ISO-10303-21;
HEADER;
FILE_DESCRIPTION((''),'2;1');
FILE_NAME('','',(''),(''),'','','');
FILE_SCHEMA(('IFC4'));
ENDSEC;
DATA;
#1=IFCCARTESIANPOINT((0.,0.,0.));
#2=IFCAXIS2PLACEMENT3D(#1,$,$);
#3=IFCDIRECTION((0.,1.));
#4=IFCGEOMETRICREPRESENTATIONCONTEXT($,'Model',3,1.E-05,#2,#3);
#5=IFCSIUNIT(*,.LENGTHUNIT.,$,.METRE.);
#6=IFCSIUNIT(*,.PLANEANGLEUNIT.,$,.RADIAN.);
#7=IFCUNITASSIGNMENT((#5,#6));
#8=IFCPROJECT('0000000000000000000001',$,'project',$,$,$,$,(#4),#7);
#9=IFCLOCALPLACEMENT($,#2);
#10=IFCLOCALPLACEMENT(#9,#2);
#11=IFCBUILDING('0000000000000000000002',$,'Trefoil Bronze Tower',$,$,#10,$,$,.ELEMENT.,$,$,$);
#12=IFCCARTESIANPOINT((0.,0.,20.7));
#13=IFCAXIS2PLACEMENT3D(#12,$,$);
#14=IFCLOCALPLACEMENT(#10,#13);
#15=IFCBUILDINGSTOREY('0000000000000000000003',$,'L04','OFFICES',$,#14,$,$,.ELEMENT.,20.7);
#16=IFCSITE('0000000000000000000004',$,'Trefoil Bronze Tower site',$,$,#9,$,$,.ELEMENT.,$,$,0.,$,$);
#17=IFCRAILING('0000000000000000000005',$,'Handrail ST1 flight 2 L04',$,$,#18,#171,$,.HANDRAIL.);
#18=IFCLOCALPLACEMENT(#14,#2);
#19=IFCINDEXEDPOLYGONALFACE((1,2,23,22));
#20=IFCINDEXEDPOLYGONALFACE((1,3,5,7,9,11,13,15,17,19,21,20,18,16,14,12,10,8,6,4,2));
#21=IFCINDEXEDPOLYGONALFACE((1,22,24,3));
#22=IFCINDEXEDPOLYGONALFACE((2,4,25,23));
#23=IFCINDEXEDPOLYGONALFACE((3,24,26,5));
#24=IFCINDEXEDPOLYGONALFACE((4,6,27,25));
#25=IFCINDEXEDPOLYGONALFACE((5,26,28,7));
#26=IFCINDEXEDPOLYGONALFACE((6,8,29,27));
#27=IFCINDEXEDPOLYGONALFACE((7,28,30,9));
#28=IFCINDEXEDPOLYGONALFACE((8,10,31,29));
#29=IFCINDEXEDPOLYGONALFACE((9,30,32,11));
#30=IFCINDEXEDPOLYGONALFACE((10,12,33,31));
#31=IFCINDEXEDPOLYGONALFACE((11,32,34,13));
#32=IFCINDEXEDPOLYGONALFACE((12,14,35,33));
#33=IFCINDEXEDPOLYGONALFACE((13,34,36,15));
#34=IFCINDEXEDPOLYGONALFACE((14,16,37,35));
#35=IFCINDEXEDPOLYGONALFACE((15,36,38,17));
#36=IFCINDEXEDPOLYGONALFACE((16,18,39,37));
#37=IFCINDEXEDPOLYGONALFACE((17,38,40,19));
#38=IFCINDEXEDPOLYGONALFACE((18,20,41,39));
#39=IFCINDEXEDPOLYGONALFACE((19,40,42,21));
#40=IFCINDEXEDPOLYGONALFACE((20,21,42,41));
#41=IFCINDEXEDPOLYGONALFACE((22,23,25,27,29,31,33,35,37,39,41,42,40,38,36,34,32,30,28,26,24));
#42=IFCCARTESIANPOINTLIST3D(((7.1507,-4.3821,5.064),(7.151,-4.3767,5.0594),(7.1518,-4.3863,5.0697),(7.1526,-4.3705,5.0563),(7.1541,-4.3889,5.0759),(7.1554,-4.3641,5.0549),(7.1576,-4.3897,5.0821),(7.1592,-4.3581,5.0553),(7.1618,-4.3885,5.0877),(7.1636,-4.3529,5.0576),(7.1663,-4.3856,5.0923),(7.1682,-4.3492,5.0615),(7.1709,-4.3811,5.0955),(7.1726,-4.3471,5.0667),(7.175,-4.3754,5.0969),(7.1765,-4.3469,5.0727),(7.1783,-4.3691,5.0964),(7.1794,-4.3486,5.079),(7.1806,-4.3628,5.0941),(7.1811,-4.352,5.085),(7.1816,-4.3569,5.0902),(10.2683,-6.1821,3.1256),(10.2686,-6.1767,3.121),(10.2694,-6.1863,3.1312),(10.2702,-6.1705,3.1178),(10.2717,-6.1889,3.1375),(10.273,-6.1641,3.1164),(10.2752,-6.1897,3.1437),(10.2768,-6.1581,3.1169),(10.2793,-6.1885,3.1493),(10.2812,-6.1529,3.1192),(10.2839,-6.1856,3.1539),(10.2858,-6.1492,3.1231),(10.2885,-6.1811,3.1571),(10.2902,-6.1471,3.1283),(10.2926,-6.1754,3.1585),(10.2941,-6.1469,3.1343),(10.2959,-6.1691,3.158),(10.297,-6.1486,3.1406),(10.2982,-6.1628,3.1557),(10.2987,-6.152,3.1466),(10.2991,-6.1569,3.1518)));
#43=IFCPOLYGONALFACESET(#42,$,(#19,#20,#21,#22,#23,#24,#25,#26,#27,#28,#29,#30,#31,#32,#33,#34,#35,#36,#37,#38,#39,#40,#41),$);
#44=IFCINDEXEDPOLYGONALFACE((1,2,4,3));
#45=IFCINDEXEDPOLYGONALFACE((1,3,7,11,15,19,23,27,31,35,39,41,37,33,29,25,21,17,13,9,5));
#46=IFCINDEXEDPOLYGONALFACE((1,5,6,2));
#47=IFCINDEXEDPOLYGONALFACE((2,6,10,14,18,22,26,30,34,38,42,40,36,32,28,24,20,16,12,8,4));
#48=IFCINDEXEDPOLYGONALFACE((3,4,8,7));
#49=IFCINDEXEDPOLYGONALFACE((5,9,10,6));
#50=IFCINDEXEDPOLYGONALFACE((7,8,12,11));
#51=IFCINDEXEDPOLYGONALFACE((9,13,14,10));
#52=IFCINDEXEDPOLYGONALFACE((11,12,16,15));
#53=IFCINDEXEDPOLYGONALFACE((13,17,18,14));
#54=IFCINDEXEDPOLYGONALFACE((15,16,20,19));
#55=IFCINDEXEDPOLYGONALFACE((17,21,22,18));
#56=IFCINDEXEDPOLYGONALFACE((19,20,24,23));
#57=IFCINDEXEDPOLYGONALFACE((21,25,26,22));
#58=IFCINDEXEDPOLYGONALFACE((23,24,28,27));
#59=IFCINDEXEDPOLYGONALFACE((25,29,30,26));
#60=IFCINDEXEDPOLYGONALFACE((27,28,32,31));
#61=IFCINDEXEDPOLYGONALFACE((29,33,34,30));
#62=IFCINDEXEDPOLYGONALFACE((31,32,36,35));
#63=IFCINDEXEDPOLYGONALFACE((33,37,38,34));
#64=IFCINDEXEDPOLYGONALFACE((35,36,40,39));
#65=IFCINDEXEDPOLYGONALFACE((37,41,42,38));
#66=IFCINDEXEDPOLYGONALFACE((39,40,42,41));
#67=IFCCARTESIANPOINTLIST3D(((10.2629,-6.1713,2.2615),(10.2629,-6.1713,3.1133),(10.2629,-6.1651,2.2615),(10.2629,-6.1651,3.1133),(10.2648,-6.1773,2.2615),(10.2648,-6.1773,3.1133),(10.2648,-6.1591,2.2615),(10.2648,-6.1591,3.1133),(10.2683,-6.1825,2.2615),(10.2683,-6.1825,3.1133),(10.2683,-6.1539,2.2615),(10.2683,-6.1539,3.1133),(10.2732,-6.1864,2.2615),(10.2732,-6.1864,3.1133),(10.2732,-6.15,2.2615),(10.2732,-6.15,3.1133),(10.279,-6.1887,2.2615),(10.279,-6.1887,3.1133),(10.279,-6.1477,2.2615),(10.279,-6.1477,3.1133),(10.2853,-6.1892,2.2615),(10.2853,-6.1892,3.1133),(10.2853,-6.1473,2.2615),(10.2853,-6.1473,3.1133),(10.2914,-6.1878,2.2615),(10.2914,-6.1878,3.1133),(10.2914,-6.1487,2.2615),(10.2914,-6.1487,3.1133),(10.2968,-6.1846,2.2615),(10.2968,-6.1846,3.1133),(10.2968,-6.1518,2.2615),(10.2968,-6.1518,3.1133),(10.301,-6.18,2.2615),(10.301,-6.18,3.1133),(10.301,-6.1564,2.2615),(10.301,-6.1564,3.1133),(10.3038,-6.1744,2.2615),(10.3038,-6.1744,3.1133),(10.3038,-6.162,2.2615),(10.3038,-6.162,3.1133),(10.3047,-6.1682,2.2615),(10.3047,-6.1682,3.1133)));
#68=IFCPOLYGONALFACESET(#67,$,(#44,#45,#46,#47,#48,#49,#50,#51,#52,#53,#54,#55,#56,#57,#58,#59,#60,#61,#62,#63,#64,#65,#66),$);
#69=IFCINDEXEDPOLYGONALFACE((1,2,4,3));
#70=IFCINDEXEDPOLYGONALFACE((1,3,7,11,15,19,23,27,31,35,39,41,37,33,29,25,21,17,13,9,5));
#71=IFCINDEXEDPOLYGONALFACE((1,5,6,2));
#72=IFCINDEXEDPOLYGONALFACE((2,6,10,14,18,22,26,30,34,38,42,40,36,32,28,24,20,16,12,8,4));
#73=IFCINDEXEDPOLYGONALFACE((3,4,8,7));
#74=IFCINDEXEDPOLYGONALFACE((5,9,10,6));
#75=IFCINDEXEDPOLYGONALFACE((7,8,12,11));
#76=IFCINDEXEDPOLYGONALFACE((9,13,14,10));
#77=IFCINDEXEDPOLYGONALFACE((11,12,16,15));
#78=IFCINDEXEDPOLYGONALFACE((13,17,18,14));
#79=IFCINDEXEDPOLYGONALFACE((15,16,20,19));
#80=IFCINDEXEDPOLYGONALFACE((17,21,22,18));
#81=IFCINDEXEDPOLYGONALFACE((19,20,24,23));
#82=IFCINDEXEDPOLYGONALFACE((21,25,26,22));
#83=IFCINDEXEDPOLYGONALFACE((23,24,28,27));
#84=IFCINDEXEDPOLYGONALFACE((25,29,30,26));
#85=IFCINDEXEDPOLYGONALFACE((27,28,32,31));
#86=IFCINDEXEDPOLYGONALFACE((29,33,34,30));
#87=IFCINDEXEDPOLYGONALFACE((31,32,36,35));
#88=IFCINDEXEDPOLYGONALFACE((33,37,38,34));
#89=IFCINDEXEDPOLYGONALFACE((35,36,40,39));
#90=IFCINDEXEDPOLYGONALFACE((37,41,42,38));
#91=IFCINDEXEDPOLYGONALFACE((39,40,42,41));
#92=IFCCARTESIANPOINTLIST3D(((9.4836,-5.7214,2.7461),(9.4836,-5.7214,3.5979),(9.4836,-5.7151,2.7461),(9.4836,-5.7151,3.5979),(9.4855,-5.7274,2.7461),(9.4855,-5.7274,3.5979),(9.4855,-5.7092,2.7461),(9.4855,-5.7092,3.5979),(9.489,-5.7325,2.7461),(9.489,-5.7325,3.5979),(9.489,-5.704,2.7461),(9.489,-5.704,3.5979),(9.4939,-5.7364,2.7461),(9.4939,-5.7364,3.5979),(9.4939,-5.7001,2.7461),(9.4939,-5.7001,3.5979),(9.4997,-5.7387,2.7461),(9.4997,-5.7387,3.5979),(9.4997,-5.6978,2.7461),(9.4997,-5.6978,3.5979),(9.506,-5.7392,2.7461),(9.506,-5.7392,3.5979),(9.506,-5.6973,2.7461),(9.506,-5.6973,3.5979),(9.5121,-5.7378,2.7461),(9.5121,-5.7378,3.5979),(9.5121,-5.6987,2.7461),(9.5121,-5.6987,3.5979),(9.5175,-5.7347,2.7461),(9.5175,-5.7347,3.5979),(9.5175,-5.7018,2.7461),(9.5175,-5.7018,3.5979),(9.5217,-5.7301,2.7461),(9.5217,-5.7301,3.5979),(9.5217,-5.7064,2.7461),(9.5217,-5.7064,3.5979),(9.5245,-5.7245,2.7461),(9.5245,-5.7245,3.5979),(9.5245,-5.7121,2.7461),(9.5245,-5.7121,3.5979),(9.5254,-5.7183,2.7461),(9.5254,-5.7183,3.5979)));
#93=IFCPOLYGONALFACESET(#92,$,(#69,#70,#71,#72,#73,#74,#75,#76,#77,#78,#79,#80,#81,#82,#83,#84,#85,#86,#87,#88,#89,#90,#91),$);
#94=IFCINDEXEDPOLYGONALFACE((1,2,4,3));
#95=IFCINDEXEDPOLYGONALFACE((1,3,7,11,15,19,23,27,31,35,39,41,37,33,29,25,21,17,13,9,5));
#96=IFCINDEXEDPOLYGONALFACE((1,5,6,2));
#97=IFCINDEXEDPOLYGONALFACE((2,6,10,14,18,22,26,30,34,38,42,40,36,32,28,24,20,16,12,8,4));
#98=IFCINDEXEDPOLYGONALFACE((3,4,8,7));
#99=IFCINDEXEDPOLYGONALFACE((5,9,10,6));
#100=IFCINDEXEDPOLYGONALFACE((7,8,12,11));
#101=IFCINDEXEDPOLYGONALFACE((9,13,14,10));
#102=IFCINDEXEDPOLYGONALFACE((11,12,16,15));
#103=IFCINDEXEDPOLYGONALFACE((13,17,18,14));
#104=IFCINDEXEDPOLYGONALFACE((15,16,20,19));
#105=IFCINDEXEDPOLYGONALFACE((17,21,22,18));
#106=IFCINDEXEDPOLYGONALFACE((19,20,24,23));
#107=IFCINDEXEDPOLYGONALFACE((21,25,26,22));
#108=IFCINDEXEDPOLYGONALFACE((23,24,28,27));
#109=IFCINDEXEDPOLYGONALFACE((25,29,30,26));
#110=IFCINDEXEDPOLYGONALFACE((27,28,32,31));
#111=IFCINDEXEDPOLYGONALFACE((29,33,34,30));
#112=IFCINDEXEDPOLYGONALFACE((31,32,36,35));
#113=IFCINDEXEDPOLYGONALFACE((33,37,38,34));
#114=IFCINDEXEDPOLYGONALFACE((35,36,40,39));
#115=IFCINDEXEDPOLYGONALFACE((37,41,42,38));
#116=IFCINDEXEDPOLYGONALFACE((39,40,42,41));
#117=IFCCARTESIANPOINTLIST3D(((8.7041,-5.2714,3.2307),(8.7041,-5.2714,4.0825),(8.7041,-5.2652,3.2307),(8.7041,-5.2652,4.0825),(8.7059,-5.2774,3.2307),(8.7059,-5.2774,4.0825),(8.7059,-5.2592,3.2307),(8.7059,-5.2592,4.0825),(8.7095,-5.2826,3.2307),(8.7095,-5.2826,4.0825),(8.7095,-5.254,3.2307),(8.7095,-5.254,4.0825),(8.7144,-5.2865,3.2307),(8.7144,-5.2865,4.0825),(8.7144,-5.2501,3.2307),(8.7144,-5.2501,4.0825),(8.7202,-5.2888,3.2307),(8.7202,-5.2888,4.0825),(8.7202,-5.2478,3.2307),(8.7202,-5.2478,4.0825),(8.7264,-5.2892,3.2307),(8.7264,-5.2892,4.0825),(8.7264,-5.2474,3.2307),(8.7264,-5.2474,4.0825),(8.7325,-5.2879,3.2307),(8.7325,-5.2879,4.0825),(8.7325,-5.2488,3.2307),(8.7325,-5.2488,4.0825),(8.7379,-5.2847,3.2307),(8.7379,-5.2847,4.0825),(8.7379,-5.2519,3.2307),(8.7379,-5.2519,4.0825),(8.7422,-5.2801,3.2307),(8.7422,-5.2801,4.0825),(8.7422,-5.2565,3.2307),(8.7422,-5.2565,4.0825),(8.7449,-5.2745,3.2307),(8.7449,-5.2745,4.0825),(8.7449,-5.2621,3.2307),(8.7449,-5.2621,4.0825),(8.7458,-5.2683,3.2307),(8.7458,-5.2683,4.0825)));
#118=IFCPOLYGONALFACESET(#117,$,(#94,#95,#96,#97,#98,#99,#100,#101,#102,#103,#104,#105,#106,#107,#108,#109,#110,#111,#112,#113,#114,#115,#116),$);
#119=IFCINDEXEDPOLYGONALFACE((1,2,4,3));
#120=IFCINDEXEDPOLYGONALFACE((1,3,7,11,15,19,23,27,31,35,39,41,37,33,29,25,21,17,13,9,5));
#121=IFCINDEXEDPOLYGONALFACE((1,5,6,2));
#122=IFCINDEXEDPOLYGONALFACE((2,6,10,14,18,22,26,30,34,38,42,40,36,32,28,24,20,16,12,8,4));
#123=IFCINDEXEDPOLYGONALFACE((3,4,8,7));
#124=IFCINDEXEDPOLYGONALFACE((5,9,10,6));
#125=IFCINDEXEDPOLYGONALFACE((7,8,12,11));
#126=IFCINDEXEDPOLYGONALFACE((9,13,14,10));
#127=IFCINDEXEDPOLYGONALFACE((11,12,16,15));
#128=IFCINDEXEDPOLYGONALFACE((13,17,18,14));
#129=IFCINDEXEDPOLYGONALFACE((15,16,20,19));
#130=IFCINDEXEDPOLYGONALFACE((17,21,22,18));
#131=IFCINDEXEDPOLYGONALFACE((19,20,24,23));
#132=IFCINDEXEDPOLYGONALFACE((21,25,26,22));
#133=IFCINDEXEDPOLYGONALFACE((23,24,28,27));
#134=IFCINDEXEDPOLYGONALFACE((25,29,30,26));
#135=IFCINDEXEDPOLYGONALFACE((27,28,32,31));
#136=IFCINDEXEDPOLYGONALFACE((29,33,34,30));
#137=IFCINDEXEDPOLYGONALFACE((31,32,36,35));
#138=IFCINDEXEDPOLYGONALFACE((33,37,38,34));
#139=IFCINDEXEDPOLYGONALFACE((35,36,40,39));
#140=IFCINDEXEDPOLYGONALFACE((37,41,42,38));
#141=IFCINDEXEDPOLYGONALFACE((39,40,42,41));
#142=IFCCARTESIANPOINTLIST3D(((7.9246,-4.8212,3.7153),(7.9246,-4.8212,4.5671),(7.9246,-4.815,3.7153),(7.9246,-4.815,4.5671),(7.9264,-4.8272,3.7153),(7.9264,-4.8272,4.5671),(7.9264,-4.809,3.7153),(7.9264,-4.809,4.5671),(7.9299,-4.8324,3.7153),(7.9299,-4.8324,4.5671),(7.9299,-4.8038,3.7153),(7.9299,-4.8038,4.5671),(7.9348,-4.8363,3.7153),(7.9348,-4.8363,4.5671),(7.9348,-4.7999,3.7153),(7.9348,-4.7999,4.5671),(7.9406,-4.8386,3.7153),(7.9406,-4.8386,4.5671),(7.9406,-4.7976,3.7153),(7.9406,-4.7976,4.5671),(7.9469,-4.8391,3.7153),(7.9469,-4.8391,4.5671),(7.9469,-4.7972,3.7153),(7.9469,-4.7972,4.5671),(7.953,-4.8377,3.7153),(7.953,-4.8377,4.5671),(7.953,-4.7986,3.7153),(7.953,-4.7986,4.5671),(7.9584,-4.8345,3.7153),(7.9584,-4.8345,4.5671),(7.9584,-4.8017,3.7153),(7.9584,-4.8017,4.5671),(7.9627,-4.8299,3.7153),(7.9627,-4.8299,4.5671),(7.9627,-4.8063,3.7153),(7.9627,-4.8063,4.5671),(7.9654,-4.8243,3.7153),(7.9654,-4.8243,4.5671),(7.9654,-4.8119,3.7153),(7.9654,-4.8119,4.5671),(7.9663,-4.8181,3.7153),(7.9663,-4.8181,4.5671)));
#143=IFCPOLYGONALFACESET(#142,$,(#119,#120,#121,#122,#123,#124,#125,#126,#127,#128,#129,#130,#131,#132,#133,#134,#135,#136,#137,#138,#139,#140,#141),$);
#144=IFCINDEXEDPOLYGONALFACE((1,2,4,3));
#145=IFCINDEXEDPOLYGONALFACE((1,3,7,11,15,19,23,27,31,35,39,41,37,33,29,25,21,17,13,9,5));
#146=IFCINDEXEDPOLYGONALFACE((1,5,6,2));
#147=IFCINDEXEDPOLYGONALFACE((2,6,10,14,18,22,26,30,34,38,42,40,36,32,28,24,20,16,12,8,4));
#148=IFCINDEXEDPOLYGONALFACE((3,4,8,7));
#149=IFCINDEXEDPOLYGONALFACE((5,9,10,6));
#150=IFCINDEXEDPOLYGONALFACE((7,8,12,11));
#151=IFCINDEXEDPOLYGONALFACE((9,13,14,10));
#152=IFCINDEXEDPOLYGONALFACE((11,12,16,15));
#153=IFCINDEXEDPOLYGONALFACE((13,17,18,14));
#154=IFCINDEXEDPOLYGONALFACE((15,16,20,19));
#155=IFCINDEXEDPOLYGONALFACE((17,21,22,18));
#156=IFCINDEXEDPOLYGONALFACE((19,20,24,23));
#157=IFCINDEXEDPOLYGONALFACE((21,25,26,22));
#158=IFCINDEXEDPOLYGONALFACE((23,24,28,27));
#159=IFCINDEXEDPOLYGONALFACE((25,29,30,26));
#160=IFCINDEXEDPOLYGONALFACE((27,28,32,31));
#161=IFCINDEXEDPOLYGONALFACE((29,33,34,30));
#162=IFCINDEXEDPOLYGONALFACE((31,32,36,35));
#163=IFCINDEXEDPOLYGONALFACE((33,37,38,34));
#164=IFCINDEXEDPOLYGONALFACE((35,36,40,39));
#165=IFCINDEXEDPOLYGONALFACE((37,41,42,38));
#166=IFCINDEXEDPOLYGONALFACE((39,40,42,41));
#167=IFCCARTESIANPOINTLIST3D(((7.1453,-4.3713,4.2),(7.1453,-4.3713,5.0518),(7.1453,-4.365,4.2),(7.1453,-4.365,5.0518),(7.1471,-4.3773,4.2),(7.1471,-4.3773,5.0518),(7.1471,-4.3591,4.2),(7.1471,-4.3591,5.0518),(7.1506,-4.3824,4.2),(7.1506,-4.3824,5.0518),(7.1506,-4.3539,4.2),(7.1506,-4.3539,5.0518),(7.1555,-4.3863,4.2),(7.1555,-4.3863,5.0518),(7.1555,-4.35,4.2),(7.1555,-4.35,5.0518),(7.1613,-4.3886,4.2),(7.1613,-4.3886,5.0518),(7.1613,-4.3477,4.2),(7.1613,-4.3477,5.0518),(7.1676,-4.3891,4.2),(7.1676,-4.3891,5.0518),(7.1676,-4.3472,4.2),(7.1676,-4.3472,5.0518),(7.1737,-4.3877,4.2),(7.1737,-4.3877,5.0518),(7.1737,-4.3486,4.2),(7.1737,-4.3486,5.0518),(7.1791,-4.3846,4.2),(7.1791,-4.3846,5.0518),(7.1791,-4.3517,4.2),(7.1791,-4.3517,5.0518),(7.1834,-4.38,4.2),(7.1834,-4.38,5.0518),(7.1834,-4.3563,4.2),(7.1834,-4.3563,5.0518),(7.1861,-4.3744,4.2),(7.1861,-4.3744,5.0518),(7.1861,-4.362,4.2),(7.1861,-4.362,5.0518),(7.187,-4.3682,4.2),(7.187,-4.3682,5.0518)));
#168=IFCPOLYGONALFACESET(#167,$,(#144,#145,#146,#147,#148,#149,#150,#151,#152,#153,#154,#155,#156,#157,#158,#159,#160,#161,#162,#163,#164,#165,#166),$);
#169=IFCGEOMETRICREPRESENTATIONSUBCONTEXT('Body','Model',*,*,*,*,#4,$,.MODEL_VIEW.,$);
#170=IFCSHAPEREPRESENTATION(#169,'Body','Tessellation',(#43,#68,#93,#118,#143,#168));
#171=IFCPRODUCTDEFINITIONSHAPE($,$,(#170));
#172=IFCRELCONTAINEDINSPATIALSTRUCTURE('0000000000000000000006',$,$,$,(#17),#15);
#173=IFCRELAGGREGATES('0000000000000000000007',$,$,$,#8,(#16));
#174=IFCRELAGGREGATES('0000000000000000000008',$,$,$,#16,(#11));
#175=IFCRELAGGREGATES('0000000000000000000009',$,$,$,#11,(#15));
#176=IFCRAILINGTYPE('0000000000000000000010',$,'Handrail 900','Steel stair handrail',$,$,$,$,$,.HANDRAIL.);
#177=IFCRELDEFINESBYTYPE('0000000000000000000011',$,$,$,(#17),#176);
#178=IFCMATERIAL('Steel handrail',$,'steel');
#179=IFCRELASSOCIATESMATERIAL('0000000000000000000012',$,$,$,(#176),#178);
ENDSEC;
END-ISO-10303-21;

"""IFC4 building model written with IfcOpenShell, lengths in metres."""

from ifc_helpers import new_model, si_unit, direction, frame, origin, origin_2d, place, context, subcontext, project, spatial, circle, extrude, material, type_object, element, save


model = new_model("IFC4")

# Units and contexts
model_context = context("Model", 3, precision=1e-05, world=origin(), true_north=direction((0.0, 1.0)))
body_context = subcontext(model_context, "Body", "Model", "MODEL_VIEW")
ifc_project = project(units=[si_unit("LENGTHUNIT", "METRE"), si_unit("PLANEANGLEUNIT", "RADIAN")], contexts=[model_context])

# Site, building, storey
site_placement = place(None, origin())
site = spatial("IfcSite", under=ifc_project, at=site_placement, Name="Trefoil Bronze Tower site", CompositionType="ELEMENT", RefElevation=0.0)
building_placement = place(site_placement, origin())
building = spatial("IfcBuilding", under=site, at=building_placement, Name="Trefoil Bronze Tower", CompositionType="ELEMENT")
storey_placement = place(building_placement, frame((0.0, 0.0, 20.7)))
storey = spatial("IfcBuildingStorey", under=building, at=storey_placement, Name="L04", Description="OFFICES", CompositionType="ELEMENT", Elevation=20.7)

# Railing
ifc_material_1 = material(Name="Steel handrail", Category="steel")
railing_type = type_object("IfcRailingType", Name="Handrail 900", Description="Steel stair handrail", PredefinedType="HANDRAIL", material=ifc_material_1)
railing_placement = place(storey_placement, frame((10.2837, -6.1682, 2.2615)))
element("IfcRailing", 1, at=railing_placement, inside=storey, type_object=railing_type, Name="Handrail ST1 flight 2 L04", PredefinedType="HANDRAIL", context=body_context, shape_type="SweptSolid", body=[
    extrude(circle(Radius=0.0239, at=origin_2d()), frame((0.0, 0.0, 0.876), z_axis=(-0.762503, 0.440246, 0.474102), x_axis=(-0.500012, -0.866018, 0.0)), (0.0, 0.0, 1.0), 4.0886),
    extrude(circle(Radius=0.021, at=origin_2d()), origin(), (0.0, 0.0, 1.0), 0.8518),
    extrude(circle(Radius=0.021, at=origin_2d()), frame((-0.7793, 0.45, 0.4846)), (0.0, 0.0, 1.0), 0.8518),
    extrude(circle(Radius=0.021, at=origin_2d()), frame((-1.5588, 0.8999, 0.9692)), (0.0, 0.0, 1.0), 0.8518),
    extrude(circle(Radius=0.021, at=origin_2d()), frame((-2.3384, 1.3501, 1.4539)), (0.0, 0.0, 1.0), 0.8518),
    extrude(circle(Radius=0.021, at=origin_2d()), frame((-3.1177, 1.8, 1.9385)), (0.0, 0.0, 1.0), 0.8518),
])

save(model, "model.ifc")
